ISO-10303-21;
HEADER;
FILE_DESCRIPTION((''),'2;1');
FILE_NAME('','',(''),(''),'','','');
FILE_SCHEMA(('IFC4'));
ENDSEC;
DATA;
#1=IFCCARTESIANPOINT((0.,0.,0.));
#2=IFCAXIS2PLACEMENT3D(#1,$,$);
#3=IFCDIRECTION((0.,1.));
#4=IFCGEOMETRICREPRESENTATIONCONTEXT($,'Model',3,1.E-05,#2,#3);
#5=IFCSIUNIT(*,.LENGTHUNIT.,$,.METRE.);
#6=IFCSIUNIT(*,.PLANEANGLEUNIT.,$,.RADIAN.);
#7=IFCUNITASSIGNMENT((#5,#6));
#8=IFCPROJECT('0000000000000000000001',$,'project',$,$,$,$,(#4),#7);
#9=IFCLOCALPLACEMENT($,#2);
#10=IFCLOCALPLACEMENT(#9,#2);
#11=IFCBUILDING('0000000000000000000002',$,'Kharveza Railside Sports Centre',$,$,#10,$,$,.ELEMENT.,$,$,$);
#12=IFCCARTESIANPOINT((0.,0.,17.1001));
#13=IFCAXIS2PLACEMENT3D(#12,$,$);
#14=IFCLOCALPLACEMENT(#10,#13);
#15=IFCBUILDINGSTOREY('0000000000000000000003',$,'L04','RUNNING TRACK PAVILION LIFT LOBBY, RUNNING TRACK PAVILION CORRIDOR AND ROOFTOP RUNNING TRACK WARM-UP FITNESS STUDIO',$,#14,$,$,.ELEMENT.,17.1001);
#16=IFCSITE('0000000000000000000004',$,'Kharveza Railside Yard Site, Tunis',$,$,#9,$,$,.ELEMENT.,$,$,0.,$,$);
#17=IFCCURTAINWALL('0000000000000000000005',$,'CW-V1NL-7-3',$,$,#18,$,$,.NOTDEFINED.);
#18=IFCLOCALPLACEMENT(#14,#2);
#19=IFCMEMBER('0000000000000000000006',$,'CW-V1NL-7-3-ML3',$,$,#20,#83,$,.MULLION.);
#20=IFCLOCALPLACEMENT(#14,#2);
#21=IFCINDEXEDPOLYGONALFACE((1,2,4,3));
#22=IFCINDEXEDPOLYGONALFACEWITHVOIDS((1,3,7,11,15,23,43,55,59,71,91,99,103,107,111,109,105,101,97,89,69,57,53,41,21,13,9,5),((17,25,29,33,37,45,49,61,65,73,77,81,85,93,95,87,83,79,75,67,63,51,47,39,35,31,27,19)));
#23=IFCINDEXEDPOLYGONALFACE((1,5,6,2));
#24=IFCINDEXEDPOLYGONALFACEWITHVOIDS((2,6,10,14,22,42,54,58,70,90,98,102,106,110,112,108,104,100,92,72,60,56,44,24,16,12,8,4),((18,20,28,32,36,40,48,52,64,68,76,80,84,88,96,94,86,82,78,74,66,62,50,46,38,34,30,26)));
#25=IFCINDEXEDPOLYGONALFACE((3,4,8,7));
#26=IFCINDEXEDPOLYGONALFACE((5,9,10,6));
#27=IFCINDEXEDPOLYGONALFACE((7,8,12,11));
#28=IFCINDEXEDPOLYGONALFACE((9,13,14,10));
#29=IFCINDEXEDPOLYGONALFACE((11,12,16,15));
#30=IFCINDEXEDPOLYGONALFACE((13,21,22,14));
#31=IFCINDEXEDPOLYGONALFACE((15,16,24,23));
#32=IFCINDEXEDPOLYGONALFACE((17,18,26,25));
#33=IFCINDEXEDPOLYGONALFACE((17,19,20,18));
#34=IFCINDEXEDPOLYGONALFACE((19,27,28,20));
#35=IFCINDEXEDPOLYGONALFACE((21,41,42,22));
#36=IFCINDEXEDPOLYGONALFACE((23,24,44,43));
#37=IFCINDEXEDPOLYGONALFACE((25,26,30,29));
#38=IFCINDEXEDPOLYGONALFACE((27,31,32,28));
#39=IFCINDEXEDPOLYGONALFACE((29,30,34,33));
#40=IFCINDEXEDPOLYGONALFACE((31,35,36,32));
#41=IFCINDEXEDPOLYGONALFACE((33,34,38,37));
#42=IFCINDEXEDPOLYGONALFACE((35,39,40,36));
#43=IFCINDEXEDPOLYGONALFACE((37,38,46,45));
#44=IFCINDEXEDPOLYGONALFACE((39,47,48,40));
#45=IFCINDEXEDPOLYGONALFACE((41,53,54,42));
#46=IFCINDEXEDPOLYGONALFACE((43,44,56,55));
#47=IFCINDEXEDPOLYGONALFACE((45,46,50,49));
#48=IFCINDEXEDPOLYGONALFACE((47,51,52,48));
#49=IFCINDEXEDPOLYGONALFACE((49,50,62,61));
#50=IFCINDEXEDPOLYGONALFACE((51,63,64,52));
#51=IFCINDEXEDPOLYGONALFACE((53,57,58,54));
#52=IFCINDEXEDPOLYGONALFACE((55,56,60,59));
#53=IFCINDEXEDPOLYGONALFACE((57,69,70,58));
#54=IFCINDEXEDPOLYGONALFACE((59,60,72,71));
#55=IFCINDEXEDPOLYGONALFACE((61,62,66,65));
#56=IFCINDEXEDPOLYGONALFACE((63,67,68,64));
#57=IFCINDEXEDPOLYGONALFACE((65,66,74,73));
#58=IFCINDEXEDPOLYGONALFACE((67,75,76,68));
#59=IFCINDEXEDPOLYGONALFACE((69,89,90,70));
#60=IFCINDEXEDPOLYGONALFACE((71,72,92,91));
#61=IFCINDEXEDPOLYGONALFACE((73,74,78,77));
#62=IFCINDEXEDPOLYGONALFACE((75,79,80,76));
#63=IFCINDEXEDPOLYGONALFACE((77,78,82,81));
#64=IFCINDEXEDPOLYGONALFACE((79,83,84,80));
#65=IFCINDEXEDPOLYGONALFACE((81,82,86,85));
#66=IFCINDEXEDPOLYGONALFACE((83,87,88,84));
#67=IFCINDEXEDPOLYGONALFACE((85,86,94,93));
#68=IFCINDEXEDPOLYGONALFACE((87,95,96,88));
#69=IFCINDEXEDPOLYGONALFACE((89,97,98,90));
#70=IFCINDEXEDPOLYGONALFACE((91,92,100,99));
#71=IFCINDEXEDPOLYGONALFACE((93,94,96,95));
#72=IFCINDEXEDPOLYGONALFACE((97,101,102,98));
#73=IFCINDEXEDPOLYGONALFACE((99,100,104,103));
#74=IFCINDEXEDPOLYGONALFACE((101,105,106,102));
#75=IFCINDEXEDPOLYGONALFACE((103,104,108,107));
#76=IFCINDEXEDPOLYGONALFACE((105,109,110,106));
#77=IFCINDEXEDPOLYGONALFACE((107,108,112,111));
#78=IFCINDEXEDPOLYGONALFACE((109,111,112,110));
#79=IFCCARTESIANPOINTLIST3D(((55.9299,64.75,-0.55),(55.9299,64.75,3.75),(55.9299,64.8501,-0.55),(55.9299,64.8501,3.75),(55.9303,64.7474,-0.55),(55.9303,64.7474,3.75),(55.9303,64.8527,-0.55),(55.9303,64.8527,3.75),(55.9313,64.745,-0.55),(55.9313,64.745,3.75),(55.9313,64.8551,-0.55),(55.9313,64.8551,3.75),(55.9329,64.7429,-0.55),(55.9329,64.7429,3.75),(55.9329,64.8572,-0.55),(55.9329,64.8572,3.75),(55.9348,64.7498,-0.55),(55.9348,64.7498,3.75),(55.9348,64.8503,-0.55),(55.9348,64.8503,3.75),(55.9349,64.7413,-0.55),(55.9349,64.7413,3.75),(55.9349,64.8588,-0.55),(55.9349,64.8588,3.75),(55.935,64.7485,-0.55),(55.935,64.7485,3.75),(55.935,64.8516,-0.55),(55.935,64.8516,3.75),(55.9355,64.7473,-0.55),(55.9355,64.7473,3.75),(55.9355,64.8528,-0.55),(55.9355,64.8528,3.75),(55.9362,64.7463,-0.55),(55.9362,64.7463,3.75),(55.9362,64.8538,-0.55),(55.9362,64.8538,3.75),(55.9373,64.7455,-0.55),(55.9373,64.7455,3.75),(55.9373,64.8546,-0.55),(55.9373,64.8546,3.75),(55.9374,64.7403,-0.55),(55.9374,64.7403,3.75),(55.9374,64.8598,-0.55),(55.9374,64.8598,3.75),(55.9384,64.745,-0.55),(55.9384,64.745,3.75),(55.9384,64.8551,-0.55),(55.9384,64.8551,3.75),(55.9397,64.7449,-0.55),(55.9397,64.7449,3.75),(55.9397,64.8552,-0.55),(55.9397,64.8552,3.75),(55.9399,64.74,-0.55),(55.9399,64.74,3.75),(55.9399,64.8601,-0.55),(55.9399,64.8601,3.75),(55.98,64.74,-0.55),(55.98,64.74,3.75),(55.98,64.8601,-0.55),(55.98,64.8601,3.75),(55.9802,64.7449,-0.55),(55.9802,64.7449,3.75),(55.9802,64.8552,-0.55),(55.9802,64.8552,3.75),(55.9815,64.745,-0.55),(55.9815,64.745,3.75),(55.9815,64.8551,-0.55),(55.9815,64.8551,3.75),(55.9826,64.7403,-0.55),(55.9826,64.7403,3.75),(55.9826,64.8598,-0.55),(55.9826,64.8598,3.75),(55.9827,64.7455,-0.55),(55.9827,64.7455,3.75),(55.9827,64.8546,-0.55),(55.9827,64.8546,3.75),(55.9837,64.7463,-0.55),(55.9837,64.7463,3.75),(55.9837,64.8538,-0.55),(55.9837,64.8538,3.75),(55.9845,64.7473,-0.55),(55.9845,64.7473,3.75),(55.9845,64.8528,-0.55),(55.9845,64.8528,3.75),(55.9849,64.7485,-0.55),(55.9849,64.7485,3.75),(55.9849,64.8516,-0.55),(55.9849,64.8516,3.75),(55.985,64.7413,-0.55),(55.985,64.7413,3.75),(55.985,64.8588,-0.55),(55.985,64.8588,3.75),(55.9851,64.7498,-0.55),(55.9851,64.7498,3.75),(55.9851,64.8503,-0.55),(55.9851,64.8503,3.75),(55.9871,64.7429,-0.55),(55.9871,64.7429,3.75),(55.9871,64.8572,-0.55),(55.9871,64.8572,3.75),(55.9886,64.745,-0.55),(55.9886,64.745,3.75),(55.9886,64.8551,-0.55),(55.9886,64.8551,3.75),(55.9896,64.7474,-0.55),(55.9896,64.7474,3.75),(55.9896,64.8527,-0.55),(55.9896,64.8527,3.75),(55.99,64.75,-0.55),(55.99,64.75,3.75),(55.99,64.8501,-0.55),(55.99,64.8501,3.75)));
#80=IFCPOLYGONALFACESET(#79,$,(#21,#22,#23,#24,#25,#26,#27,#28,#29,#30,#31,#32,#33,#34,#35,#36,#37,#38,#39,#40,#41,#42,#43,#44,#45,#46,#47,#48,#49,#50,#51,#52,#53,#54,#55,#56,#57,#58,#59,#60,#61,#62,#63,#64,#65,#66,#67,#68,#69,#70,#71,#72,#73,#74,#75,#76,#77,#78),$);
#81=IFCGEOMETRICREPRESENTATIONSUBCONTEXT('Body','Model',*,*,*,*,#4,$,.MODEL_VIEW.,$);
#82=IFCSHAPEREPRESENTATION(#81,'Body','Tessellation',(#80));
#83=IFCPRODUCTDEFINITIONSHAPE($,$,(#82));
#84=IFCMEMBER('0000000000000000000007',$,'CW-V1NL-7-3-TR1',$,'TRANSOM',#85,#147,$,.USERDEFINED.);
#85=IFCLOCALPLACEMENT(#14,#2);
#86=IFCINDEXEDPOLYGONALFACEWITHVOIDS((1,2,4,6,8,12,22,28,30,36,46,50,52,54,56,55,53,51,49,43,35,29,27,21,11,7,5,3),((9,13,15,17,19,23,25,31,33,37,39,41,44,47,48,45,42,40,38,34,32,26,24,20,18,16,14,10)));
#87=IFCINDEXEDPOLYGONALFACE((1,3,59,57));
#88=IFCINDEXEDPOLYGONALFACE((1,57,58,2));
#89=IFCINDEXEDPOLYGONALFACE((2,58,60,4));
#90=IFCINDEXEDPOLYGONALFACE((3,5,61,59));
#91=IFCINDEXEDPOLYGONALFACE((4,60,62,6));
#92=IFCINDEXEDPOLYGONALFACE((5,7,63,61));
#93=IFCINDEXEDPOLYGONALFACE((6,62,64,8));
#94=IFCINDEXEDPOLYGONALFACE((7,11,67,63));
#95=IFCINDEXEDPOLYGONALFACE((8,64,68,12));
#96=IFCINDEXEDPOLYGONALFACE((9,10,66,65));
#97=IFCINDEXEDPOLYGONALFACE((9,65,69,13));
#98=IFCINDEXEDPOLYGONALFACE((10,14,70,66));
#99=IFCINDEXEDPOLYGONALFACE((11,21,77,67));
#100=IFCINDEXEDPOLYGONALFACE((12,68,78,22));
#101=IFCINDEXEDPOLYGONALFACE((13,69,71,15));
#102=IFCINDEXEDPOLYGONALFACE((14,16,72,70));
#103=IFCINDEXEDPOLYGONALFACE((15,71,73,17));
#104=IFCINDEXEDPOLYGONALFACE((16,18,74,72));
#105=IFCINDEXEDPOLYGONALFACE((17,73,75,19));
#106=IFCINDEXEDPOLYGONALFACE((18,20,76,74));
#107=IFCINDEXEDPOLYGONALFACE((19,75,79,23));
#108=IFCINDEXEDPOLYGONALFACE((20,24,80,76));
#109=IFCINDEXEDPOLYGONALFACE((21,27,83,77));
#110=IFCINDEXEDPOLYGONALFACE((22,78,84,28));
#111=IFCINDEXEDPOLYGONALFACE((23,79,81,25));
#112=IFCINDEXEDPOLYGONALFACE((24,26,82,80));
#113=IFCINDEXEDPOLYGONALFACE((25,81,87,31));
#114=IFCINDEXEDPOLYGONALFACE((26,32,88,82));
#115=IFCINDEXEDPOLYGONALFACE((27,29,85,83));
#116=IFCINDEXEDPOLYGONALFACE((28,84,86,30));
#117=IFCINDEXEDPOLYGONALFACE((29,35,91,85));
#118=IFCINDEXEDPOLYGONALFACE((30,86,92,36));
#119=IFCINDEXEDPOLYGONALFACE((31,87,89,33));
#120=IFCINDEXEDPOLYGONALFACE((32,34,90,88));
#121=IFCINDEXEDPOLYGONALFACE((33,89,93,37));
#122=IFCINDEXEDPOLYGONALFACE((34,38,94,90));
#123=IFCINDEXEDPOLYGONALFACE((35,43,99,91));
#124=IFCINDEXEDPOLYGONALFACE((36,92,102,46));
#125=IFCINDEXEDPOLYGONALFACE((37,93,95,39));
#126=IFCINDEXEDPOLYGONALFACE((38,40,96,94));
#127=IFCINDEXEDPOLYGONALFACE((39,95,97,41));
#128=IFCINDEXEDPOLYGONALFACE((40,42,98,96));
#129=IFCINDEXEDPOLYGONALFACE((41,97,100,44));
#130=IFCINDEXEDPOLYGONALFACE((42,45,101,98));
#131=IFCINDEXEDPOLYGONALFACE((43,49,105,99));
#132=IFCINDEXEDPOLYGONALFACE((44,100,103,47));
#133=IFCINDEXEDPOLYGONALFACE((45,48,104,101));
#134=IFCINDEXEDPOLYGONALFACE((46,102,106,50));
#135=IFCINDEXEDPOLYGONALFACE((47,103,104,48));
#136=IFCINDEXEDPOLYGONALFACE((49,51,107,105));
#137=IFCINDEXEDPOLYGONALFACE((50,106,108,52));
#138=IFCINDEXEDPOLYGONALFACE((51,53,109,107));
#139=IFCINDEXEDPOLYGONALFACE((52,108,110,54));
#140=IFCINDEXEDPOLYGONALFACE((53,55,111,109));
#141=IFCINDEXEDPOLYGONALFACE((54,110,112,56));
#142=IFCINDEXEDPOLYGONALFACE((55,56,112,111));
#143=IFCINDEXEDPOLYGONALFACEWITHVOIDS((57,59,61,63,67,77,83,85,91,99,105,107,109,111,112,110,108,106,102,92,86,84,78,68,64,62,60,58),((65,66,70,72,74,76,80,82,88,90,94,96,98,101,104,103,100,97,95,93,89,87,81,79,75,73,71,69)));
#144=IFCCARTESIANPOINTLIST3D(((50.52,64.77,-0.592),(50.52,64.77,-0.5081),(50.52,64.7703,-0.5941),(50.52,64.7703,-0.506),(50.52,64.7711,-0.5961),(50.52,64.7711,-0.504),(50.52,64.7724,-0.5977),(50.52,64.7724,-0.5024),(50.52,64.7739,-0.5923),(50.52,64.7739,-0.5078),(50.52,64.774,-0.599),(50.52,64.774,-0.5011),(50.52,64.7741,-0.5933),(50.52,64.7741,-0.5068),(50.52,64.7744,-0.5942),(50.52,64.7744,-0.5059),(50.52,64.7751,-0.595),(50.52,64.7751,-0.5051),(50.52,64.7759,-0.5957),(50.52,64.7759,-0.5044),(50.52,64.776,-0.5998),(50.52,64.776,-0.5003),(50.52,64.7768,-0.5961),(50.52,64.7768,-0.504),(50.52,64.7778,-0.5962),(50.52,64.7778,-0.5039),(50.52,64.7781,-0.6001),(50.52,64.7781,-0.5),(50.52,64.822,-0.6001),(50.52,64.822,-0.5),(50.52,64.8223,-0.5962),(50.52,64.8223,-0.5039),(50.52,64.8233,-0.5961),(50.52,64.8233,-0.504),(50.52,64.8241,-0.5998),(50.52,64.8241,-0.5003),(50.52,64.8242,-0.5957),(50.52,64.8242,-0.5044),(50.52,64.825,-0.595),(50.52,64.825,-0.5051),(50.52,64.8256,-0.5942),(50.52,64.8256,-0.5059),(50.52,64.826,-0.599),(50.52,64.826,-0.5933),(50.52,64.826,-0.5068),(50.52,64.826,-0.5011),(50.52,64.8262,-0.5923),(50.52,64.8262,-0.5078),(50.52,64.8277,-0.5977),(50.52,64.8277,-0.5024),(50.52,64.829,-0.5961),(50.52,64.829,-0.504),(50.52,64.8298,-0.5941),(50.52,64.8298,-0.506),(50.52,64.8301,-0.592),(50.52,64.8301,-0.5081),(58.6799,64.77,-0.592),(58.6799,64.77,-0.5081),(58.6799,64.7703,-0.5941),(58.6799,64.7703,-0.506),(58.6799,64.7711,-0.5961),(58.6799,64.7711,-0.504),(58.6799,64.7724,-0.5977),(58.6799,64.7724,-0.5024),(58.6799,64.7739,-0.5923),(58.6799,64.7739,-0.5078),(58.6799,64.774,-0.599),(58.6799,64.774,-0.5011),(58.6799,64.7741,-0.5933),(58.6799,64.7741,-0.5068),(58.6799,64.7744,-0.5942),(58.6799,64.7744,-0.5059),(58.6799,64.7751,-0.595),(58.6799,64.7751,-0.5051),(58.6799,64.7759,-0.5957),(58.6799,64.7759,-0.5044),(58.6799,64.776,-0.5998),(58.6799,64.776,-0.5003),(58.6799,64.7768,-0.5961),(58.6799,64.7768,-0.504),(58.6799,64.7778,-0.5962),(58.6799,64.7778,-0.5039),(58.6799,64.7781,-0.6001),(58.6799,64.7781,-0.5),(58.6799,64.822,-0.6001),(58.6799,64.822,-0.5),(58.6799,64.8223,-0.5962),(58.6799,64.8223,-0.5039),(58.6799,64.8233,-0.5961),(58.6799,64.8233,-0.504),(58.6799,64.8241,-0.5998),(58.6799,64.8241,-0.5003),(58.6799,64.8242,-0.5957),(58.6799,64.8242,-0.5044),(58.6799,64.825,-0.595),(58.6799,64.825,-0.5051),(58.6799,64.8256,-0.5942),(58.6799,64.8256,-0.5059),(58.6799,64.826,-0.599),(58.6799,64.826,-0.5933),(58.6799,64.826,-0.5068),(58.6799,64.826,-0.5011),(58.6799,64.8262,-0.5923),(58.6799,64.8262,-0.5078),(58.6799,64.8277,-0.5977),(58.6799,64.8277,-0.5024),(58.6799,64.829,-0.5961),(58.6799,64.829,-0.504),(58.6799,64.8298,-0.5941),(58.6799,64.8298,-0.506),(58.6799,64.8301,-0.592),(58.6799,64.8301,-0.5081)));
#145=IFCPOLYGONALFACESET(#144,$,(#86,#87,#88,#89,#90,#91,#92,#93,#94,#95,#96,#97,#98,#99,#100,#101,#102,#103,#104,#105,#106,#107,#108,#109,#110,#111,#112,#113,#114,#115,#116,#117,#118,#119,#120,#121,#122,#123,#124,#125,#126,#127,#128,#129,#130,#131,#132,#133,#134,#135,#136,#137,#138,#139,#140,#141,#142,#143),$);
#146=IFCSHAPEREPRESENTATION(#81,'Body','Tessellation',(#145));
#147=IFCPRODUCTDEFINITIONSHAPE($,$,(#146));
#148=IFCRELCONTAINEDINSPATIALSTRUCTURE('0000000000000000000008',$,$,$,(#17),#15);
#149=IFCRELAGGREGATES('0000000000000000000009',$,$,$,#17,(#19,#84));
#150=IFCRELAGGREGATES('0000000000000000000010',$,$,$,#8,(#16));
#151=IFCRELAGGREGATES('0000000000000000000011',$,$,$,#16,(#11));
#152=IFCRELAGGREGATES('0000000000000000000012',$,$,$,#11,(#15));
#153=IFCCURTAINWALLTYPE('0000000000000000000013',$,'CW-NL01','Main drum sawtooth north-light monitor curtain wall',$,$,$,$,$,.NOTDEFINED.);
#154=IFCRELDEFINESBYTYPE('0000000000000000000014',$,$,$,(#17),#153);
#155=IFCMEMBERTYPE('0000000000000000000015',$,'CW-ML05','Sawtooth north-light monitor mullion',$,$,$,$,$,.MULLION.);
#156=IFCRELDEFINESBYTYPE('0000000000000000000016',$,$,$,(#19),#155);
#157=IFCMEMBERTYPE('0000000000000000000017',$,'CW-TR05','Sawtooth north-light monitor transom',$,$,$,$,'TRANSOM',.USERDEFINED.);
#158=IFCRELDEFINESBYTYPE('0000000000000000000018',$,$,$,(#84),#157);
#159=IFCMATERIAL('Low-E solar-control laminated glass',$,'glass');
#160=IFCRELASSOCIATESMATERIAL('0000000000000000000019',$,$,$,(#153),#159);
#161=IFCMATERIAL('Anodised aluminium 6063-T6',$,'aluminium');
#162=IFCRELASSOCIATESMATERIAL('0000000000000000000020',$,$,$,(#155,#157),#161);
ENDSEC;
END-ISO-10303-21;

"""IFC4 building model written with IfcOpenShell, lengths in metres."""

from ifc_helpers import new_model, si_unit, direction, frame, origin, origin_2d, place, context, subcontext, project, spatial, hollow_rectangle, extrude, material, material_profile, profile_set, type_object, element, aggregate, save


model = new_model("IFC4")

# Units and contexts
model_context = context("Model", 3, precision=1e-05, world=origin(), true_north=direction((0.0, 1.0)))
body_context = subcontext(model_context, "Body", "Model", "MODEL_VIEW")
ifc_project = project(units=[si_unit("LENGTHUNIT", "METRE"), si_unit("PLANEANGLEUNIT", "RADIAN")], contexts=[model_context])

# Site, building, storey
site_placement = place(None, origin())
site = spatial("IfcSite", under=ifc_project, at=site_placement, Name="Kharveza Railside Yard Site, Tunis", CompositionType="ELEMENT", RefElevation=0.0)
building_placement = place(site_placement, origin())
building = spatial("IfcBuilding", under=site, at=building_placement, Name="Kharveza Railside Sports Centre", CompositionType="ELEMENT")
storey_placement = place(building_placement, frame((0.0, 0.0, 17.1001)))
storey = spatial("IfcBuildingStorey", under=building, at=storey_placement, Name="L04", Description="RUNNING TRACK PAVILION LIFT LOBBY, RUNNING TRACK PAVILION CORRIDOR AND ROOFTOP RUNNING TRACK WARM-UP FITNESS STUDIO", CompositionType="ELEMENT", Elevation=17.1001)

# Curtain wall, members
ifc_material_1 = material(Name="Low-E solar-control laminated glass", Category="glass")
curtain_wall_type = type_object("IfcCurtainWallType", Name="CW-NL01", Description="Main drum sawtooth north-light monitor curtain wall", PredefinedType="NOTDEFINED", material=ifc_material_1)
curtain_wall_placement = place(storey_placement, origin())
curtain_wall = element("IfcCurtainWall", 1, at=curtain_wall_placement, inside=storey, type_object=curtain_wall_type, Name="CW-V1NL-7-3", PredefinedType="NOTDEFINED")
ifc_material_2 = material(Name="Anodised aluminium 6063-T6", Category="aluminium")
ifc_material_profile_1 = material_profile(ifc_material_2, hollow_rectangle(XDim=0.0601, YDim=0.1201, WallThickness=0.0049, InnerFilletRadius=0.0049, OuterFilletRadius=0.01, at=origin_2d()), Name="RHS 60x120x5.0")
ifc_profile_set_1 = profile_set([ifc_material_profile_1], Name="Anodised aluminium 6063-T6")
member_type_1 = type_object("IfcMemberType", Name="CW-ML05", Description="Sawtooth north-light monitor mullion", PredefinedType="MULLION", material=ifc_profile_set_1)
member_1_placement = place(storey_placement, frame((55.96, 64.8, -0.55), z_axis=(0.0, 0.0, 1.0), x_axis=(1.0, 0.0, 0.0)))
member_1 = element("IfcMember", 2, at=member_1_placement, type_object=member_type_1, Name="CW-V1NL-7-3-ML3", PredefinedType="MULLION", context=body_context, shape_type="SweptSolid", body=[
    extrude(hollow_rectangle(XDim=0.0601, YDim=0.1201, WallThickness=0.0049, InnerFilletRadius=0.0049, OuterFilletRadius=0.01, at=origin_2d()), origin(), (0.0, 0.0, 1.0), 4.3),
])
ifc_material_profile_2 = material_profile(ifc_material_2, hollow_rectangle(XDim=0.0601, YDim=0.1001, WallThickness=0.0039, InnerFilletRadius=0.0039, OuterFilletRadius=0.0081, at=origin_2d()), Name="RHS 60x100x4.0")
ifc_profile_set_2 = profile_set([ifc_material_profile_2], Name="Anodised aluminium 6063-T6")
member_type_2 = type_object("IfcMemberType", Name="CW-TR05", Description="Sawtooth north-light monitor transom", ElementType="TRANSOM", PredefinedType="USERDEFINED", material=ifc_profile_set_2)
member_2_placement = place(storey_placement, frame((50.52, 64.8, -0.55), z_axis=(1.0, 0.0, 0.0), x_axis=(0.0, 1.0, 0.0)))
member_2 = element("IfcMember", 3, at=member_2_placement, type_object=member_type_2, Name="CW-V1NL-7-3-TR1", ObjectType="TRANSOM", PredefinedType="USERDEFINED", context=body_context, shape_type="SweptSolid", body=[
    extrude(hollow_rectangle(XDim=0.0601, YDim=0.1001, WallThickness=0.0039, InnerFilletRadius=0.0039, OuterFilletRadius=0.0081, at=origin_2d()), origin(), (0.0, 0.0, 1.0), 8.1599),
])

aggregate(curtain_wall, [member_1, member_2])

save(model, "model.ifc")
